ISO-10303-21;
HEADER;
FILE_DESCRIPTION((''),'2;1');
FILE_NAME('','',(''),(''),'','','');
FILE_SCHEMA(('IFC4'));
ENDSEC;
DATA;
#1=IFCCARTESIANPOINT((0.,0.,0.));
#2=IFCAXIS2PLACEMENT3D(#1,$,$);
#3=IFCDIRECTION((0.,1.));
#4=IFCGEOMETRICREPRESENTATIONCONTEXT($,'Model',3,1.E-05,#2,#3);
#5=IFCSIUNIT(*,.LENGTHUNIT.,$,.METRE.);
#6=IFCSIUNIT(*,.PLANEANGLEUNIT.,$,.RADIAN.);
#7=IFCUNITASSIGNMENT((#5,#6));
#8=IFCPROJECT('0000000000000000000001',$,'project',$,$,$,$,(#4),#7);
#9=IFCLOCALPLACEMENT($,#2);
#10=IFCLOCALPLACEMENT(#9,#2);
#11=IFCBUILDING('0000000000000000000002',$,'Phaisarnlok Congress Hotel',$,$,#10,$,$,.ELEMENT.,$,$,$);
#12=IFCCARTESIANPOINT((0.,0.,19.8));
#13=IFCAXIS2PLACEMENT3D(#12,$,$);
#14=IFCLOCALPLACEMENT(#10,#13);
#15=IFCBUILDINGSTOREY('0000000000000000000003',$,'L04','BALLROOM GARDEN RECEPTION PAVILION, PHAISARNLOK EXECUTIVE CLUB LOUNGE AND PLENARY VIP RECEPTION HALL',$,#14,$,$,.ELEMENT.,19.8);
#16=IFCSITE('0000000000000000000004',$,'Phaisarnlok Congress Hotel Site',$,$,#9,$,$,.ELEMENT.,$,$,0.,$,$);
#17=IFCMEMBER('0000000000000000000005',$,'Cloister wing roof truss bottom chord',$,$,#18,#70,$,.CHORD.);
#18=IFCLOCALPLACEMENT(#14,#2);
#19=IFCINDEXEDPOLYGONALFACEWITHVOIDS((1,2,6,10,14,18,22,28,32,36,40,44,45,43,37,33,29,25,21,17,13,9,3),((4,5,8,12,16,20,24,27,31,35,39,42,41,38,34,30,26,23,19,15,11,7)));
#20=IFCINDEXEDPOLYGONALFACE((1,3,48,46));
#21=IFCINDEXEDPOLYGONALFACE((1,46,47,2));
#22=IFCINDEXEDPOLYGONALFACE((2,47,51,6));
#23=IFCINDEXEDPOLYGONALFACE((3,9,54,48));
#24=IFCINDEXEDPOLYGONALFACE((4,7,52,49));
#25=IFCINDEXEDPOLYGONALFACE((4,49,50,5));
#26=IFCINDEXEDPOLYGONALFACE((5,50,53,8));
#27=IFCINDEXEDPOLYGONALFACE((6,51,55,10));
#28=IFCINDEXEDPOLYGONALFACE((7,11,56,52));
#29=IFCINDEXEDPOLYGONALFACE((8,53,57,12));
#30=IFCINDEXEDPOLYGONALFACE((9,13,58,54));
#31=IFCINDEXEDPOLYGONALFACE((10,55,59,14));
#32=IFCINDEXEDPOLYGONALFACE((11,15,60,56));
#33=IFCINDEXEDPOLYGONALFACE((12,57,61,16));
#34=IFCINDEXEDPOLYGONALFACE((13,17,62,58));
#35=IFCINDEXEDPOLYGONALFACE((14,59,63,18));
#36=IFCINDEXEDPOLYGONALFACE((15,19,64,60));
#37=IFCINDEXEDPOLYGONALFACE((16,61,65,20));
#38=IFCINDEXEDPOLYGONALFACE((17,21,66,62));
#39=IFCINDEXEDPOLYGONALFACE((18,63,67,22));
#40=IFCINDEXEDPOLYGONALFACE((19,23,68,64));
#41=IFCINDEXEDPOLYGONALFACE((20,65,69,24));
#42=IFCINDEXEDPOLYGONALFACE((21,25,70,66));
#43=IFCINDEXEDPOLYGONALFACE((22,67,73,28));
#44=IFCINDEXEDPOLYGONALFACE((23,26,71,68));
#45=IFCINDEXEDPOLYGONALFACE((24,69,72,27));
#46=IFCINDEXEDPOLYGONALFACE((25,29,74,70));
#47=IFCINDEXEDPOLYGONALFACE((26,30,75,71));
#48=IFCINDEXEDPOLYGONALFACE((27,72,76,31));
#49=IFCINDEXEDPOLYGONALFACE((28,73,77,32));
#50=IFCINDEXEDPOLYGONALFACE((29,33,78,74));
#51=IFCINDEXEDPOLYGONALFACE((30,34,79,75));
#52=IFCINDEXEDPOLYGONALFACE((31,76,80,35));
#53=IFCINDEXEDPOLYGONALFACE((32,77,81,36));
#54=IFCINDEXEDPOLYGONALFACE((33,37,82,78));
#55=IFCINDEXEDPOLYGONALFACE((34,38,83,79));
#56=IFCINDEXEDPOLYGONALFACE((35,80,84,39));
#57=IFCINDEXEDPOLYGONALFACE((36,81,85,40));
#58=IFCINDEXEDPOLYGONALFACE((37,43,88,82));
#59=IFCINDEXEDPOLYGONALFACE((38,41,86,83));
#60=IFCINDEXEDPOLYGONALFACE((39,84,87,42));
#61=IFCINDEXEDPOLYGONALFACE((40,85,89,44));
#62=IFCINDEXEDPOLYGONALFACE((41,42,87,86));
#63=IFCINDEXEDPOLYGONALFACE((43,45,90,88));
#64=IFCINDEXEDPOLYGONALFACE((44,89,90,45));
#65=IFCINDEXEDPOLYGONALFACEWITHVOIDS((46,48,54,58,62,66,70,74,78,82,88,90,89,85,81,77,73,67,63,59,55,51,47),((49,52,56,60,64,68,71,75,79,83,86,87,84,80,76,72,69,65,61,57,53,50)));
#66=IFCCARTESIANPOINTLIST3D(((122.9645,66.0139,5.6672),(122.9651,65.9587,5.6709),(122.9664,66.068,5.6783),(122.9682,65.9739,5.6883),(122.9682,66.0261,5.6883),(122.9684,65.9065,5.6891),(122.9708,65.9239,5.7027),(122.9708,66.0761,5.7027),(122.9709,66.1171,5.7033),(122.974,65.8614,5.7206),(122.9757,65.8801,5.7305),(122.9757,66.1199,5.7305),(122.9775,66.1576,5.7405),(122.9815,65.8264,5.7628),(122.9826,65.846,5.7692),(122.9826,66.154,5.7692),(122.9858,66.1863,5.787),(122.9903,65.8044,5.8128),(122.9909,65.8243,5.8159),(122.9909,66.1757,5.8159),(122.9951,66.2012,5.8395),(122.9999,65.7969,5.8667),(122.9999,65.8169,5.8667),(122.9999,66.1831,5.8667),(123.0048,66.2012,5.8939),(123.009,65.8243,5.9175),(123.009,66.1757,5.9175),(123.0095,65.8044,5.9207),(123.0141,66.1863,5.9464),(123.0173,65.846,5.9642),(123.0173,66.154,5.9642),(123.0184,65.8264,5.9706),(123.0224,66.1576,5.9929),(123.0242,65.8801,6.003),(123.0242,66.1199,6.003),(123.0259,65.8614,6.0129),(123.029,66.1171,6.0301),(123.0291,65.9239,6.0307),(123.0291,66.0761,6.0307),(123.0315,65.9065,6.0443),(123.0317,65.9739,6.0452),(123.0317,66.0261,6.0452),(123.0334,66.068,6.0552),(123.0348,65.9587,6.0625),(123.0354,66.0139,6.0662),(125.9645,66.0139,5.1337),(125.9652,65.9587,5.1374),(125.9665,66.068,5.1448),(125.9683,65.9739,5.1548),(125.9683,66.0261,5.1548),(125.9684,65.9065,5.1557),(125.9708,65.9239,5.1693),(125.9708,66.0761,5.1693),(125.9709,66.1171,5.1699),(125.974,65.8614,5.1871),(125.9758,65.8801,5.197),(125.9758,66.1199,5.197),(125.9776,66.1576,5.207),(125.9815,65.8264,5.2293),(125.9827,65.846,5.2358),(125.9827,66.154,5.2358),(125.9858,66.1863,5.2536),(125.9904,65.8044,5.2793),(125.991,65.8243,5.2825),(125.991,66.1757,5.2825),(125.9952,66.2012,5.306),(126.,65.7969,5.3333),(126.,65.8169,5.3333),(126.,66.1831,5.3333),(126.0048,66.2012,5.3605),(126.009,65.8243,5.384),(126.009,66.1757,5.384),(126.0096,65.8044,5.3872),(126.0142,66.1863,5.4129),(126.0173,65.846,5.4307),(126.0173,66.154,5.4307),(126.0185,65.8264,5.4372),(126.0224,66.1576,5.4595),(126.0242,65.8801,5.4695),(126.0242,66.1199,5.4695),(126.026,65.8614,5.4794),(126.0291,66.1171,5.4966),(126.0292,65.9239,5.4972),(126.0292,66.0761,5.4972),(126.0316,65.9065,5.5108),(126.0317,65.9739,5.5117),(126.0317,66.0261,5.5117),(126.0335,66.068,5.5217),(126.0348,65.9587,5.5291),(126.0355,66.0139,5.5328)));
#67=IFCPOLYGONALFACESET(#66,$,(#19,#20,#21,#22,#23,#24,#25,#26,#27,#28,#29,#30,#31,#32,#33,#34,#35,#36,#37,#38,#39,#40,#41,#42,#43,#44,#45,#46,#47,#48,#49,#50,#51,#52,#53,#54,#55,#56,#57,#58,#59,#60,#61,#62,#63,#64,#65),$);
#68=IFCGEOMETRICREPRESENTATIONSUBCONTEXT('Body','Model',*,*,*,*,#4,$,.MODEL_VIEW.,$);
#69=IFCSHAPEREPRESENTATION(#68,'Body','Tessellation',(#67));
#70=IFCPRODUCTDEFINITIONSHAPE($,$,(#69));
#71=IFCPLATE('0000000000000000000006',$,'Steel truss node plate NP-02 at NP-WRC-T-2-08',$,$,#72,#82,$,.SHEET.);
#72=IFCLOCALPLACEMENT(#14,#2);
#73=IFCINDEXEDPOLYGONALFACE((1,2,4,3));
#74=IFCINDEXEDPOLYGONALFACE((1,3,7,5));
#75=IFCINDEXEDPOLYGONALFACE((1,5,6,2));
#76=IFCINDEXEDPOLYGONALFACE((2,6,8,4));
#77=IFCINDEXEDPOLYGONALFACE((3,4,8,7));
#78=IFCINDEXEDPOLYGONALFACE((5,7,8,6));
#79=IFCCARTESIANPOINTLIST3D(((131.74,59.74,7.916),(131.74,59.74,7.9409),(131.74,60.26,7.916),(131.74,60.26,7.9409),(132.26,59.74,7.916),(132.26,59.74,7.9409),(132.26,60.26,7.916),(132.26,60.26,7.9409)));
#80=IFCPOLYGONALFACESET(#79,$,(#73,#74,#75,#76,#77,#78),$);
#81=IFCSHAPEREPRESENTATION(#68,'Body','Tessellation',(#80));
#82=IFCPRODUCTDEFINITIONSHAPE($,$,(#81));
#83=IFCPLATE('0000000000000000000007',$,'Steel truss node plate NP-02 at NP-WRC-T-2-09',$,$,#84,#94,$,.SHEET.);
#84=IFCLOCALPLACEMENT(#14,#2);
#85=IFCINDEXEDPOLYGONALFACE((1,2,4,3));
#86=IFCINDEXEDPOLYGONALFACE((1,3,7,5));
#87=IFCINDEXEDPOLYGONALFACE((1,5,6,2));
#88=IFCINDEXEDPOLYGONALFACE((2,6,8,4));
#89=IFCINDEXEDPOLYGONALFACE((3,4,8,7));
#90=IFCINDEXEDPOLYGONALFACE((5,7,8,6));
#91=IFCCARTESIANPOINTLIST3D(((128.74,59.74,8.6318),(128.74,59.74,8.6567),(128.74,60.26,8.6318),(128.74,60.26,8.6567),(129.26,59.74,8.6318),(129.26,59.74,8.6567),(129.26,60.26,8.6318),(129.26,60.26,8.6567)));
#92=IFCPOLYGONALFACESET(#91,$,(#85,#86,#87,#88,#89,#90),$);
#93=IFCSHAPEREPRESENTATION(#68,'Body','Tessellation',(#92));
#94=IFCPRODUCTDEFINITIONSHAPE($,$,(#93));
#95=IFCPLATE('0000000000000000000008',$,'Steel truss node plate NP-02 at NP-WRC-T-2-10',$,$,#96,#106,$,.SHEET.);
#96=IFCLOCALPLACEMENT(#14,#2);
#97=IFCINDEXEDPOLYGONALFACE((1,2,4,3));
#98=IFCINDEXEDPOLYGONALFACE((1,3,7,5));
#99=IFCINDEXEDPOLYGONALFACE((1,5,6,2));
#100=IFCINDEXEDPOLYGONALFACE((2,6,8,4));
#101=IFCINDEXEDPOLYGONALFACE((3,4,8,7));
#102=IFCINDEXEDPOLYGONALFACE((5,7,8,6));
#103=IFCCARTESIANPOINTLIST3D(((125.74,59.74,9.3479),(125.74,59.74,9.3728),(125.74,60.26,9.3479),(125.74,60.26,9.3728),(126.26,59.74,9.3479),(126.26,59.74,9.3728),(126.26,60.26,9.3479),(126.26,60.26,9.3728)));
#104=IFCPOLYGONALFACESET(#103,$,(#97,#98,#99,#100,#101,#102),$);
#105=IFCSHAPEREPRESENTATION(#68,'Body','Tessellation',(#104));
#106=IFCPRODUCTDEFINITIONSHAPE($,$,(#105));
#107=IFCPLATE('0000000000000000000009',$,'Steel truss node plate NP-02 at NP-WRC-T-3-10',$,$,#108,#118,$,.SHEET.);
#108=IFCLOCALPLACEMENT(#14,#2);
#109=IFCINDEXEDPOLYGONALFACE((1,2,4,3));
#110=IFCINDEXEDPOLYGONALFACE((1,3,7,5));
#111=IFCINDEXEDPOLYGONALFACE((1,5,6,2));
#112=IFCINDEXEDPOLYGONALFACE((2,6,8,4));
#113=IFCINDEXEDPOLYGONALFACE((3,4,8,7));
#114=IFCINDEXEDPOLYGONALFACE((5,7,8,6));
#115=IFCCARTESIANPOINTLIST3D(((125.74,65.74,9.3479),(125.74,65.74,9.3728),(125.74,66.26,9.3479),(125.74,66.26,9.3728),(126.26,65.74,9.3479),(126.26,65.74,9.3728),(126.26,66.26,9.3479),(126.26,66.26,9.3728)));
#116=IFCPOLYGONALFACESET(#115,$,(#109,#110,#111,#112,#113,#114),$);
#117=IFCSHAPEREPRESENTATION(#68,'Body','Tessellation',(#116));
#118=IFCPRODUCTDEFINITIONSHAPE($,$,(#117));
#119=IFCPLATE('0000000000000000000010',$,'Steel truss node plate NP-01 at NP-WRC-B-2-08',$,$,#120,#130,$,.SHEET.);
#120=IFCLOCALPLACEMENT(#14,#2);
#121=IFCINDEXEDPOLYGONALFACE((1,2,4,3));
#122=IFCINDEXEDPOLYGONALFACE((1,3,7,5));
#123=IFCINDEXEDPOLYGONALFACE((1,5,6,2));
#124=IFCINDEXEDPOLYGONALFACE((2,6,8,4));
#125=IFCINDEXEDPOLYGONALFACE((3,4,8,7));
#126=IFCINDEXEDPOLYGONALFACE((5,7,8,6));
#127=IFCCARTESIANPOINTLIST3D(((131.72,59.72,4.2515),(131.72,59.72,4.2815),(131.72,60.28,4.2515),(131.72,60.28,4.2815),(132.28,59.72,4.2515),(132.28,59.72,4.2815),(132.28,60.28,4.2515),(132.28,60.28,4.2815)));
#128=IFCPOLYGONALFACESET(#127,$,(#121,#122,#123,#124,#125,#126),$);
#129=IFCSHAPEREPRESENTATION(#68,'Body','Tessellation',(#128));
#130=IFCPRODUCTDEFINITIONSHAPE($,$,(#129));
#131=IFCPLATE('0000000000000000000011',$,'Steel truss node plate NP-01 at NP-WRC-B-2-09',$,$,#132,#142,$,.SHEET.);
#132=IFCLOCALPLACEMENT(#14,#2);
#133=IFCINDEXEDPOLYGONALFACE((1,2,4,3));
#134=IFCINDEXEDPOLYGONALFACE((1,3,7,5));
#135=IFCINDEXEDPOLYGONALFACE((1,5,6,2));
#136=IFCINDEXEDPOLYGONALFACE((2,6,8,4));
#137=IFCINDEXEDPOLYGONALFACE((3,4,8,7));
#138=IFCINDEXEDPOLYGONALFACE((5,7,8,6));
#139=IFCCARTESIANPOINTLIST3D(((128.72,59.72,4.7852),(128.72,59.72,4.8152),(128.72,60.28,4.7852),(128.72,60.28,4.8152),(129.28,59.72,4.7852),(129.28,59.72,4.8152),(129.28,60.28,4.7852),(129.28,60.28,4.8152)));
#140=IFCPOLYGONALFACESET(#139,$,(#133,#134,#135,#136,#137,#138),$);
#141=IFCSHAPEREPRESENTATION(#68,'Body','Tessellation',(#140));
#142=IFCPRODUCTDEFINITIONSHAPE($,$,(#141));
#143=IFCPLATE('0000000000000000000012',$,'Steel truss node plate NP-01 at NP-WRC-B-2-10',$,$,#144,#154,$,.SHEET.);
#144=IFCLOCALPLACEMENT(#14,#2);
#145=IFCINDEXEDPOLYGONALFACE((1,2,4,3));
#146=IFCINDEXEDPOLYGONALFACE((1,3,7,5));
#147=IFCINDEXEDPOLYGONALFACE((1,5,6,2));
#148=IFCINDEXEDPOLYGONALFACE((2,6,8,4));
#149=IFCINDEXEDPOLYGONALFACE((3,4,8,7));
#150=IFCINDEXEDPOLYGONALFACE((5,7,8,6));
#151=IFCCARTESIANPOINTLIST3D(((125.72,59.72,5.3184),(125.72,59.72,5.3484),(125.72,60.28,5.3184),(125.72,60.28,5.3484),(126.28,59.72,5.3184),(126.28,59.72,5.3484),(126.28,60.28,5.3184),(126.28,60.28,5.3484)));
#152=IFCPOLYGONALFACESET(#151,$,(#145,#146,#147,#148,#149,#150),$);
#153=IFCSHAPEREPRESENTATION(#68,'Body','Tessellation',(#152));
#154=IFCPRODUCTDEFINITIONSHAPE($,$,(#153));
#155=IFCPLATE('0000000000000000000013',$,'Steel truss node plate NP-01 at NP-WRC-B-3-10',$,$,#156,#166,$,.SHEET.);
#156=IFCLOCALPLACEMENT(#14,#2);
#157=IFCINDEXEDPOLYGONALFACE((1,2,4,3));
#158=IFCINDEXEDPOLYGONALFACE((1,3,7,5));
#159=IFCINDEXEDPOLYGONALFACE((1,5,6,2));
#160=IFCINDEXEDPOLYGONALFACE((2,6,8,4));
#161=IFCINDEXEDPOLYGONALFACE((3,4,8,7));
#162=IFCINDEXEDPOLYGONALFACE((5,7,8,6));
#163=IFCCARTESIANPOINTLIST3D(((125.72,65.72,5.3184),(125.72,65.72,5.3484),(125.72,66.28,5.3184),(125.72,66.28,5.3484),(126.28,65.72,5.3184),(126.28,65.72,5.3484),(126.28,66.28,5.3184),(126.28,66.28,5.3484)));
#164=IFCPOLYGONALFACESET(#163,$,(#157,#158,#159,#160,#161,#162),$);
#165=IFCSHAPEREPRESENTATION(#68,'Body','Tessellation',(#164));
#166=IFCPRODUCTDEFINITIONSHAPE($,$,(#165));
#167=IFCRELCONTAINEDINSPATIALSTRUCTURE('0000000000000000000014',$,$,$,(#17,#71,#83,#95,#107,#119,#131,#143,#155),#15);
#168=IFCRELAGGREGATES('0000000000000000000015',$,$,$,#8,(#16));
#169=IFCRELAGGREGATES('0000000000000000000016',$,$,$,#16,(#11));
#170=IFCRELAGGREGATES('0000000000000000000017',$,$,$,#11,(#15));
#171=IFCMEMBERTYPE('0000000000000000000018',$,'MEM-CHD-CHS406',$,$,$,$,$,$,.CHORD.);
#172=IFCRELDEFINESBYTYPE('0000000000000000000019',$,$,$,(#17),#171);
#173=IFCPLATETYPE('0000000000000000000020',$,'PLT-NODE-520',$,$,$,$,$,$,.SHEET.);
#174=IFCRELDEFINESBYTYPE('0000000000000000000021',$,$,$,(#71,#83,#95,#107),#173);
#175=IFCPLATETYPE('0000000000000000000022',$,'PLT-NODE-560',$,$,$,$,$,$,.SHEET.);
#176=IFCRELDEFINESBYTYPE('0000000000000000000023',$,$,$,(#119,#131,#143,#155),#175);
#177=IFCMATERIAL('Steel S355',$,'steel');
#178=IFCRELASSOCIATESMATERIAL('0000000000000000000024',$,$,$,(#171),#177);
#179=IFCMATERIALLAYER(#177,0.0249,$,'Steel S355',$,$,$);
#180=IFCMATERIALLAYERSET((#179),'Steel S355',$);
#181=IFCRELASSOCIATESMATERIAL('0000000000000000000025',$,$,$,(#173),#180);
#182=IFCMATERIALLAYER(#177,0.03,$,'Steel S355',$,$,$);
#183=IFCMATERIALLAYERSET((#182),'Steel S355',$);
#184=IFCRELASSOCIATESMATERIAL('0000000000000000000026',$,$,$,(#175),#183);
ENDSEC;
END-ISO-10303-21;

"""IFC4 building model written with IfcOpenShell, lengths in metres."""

from ifc_helpers import new_model, si_unit, direction, frame, origin, origin_2d, place, context, subcontext, project, spatial, rectangle, hollow_circle, extrude, material, layer, layer_set, material_profile, profile_set, type_object, element, save


model = new_model("IFC4")

# Units and contexts
model_context = context("Model", 3, precision=1e-05, world=origin(), true_north=direction((0.0, 1.0)))
body_context = subcontext(model_context, "Body", "Model", "MODEL_VIEW")
ifc_project = project(units=[si_unit("LENGTHUNIT", "METRE"), si_unit("PLANEANGLEUNIT", "RADIAN")], contexts=[model_context])

# Site, building, storey
site_placement = place(None, origin())
site = spatial("IfcSite", under=ifc_project, at=site_placement, Name="Phaisarnlok Congress Hotel Site", CompositionType="ELEMENT", RefElevation=0.0)
building_placement = place(site_placement, origin())
building = spatial("IfcBuilding", under=site, at=building_placement, Name="Phaisarnlok Congress Hotel", CompositionType="ELEMENT")
storey_placement = place(building_placement, frame((0.0, 0.0, 19.8)))
storey = spatial("IfcBuildingStorey", under=building, at=storey_placement, Name="L04", Description="BALLROOM GARDEN RECEPTION PAVILION, PHAISARNLOK EXECUTIVE CLUB LOUNGE AND PLENARY VIP RECEPTION HALL", CompositionType="ELEMENT", Elevation=19.8)

# Shared definitions
ifc_material_1 = material(Name="Steel S355", Category="steel")

# Member
ifc_material_profile_1 = material_profile(ifc_material_1, hollow_circle(Radius=0.2031, WallThickness=0.02, at=origin_2d()), Name="CHS 406.4x20")
ifc_profile_set_1 = profile_set([ifc_material_profile_1], Name="Steel S355")
member_type_1 = type_object("IfcMemberType", Name="MEM-CHD-CHS406", PredefinedType="CHORD", material=ifc_profile_set_1)
for number, where, z_axis, x_axis, name in (
    (1, (126.0, 66.0, 5.3333), (-0.984556, 0.0, 0.17507), (0.0, -1.0, 0.0), "Cloister wing roof truss bottom chord"),
):
    element("IfcMember", number, at=place(storey_placement, frame(where, z_axis=z_axis, x_axis=x_axis)), inside=storey, type_object=member_type_1, Name=name, PredefinedType="CHORD", context=body_context, shape_type="SweptSolid", body=[
        extrude(hollow_circle(Radius=0.2031, WallThickness=0.02, at=origin_2d()), origin(), (0.0, 0.0, 1.0), 3.0471),
    ])

# Plates
ifc_layer_1 = layer(ifc_material_1, 0.0249, Name="Steel S355")
ifc_layer_set_1 = layer_set([ifc_layer_1], Name="Steel S355")
plate_type_1 = type_object("IfcPlateType", Name="PLT-NODE-520", PredefinedType="SHEET", material=ifc_layer_set_1)
for number, where, z_axis, x_axis, name in (
    (2, (132.0, 60.0, 7.916), (0.0, 0.0, 1.0), (1.0, 0.0, 0.0), "Steel truss node plate NP-02 at NP-WRC-T-2-08"),
    (3, (129.0, 60.0, 8.6318), (0.0, 0.0, 1.0), (1.0, 0.0, 0.0), "Steel truss node plate NP-02 at NP-WRC-T-2-09"),
    (4, (126.0, 60.0, 9.3479), (0.0, 0.0, 1.0), (1.0, 0.0, 0.0), "Steel truss node plate NP-02 at NP-WRC-T-2-10"),
    (5, (126.0, 66.0, 9.3479), (0.0, 0.0, 1.0), (1.0, 0.0, 0.0), "Steel truss node plate NP-02 at NP-WRC-T-3-10"),
):
    element("IfcPlate", number, at=place(storey_placement, frame(where, z_axis=z_axis, x_axis=x_axis)), inside=storey, type_object=plate_type_1, Name=name, PredefinedType="SHEET", context=body_context, shape_type="SweptSolid", body=[
        extrude(rectangle(XDim=0.52, YDim=0.52, at=origin_2d()), origin(), (0.0, 0.0, 1.0), 0.0249),
    ])
ifc_layer_2 = layer(ifc_material_1, 0.03, Name="Steel S355")
ifc_layer_set_2 = layer_set([ifc_layer_2], Name="Steel S355")
plate_type_2 = type_object("IfcPlateType", Name="PLT-NODE-560", PredefinedType="SHEET", material=ifc_layer_set_2)
for number, where, z_axis, x_axis, name in (
    (6, (132.0, 60.0, 4.2515), (0.0, 0.0, 1.0), (1.0, 0.0, 0.0), "Steel truss node plate NP-01 at NP-WRC-B-2-08"),
    (7, (129.0, 60.0, 4.7852), (0.0, 0.0, 1.0), (1.0, 0.0, 0.0), "Steel truss node plate NP-01 at NP-WRC-B-2-09"),
    (8, (126.0, 60.0, 5.3184), (0.0, 0.0, 1.0), (1.0, 0.0, 0.0), "Steel truss node plate NP-01 at NP-WRC-B-2-10"),
    (9, (126.0, 66.0, 5.3184), (0.0, 0.0, 1.0), (1.0, 0.0, 0.0), "Steel truss node plate NP-01 at NP-WRC-B-3-10"),
):
    element("IfcPlate", number, at=place(storey_placement, frame(where, z_axis=z_axis, x_axis=x_axis)), inside=storey, type_object=plate_type_2, Name=name, PredefinedType="SHEET", context=body_context, shape_type="SweptSolid", body=[
        extrude(rectangle(XDim=0.5601, YDim=0.5601, at=origin_2d()), origin(), (0.0, 0.0, 1.0), 0.03),
    ])

save(model, "model.ifc")
